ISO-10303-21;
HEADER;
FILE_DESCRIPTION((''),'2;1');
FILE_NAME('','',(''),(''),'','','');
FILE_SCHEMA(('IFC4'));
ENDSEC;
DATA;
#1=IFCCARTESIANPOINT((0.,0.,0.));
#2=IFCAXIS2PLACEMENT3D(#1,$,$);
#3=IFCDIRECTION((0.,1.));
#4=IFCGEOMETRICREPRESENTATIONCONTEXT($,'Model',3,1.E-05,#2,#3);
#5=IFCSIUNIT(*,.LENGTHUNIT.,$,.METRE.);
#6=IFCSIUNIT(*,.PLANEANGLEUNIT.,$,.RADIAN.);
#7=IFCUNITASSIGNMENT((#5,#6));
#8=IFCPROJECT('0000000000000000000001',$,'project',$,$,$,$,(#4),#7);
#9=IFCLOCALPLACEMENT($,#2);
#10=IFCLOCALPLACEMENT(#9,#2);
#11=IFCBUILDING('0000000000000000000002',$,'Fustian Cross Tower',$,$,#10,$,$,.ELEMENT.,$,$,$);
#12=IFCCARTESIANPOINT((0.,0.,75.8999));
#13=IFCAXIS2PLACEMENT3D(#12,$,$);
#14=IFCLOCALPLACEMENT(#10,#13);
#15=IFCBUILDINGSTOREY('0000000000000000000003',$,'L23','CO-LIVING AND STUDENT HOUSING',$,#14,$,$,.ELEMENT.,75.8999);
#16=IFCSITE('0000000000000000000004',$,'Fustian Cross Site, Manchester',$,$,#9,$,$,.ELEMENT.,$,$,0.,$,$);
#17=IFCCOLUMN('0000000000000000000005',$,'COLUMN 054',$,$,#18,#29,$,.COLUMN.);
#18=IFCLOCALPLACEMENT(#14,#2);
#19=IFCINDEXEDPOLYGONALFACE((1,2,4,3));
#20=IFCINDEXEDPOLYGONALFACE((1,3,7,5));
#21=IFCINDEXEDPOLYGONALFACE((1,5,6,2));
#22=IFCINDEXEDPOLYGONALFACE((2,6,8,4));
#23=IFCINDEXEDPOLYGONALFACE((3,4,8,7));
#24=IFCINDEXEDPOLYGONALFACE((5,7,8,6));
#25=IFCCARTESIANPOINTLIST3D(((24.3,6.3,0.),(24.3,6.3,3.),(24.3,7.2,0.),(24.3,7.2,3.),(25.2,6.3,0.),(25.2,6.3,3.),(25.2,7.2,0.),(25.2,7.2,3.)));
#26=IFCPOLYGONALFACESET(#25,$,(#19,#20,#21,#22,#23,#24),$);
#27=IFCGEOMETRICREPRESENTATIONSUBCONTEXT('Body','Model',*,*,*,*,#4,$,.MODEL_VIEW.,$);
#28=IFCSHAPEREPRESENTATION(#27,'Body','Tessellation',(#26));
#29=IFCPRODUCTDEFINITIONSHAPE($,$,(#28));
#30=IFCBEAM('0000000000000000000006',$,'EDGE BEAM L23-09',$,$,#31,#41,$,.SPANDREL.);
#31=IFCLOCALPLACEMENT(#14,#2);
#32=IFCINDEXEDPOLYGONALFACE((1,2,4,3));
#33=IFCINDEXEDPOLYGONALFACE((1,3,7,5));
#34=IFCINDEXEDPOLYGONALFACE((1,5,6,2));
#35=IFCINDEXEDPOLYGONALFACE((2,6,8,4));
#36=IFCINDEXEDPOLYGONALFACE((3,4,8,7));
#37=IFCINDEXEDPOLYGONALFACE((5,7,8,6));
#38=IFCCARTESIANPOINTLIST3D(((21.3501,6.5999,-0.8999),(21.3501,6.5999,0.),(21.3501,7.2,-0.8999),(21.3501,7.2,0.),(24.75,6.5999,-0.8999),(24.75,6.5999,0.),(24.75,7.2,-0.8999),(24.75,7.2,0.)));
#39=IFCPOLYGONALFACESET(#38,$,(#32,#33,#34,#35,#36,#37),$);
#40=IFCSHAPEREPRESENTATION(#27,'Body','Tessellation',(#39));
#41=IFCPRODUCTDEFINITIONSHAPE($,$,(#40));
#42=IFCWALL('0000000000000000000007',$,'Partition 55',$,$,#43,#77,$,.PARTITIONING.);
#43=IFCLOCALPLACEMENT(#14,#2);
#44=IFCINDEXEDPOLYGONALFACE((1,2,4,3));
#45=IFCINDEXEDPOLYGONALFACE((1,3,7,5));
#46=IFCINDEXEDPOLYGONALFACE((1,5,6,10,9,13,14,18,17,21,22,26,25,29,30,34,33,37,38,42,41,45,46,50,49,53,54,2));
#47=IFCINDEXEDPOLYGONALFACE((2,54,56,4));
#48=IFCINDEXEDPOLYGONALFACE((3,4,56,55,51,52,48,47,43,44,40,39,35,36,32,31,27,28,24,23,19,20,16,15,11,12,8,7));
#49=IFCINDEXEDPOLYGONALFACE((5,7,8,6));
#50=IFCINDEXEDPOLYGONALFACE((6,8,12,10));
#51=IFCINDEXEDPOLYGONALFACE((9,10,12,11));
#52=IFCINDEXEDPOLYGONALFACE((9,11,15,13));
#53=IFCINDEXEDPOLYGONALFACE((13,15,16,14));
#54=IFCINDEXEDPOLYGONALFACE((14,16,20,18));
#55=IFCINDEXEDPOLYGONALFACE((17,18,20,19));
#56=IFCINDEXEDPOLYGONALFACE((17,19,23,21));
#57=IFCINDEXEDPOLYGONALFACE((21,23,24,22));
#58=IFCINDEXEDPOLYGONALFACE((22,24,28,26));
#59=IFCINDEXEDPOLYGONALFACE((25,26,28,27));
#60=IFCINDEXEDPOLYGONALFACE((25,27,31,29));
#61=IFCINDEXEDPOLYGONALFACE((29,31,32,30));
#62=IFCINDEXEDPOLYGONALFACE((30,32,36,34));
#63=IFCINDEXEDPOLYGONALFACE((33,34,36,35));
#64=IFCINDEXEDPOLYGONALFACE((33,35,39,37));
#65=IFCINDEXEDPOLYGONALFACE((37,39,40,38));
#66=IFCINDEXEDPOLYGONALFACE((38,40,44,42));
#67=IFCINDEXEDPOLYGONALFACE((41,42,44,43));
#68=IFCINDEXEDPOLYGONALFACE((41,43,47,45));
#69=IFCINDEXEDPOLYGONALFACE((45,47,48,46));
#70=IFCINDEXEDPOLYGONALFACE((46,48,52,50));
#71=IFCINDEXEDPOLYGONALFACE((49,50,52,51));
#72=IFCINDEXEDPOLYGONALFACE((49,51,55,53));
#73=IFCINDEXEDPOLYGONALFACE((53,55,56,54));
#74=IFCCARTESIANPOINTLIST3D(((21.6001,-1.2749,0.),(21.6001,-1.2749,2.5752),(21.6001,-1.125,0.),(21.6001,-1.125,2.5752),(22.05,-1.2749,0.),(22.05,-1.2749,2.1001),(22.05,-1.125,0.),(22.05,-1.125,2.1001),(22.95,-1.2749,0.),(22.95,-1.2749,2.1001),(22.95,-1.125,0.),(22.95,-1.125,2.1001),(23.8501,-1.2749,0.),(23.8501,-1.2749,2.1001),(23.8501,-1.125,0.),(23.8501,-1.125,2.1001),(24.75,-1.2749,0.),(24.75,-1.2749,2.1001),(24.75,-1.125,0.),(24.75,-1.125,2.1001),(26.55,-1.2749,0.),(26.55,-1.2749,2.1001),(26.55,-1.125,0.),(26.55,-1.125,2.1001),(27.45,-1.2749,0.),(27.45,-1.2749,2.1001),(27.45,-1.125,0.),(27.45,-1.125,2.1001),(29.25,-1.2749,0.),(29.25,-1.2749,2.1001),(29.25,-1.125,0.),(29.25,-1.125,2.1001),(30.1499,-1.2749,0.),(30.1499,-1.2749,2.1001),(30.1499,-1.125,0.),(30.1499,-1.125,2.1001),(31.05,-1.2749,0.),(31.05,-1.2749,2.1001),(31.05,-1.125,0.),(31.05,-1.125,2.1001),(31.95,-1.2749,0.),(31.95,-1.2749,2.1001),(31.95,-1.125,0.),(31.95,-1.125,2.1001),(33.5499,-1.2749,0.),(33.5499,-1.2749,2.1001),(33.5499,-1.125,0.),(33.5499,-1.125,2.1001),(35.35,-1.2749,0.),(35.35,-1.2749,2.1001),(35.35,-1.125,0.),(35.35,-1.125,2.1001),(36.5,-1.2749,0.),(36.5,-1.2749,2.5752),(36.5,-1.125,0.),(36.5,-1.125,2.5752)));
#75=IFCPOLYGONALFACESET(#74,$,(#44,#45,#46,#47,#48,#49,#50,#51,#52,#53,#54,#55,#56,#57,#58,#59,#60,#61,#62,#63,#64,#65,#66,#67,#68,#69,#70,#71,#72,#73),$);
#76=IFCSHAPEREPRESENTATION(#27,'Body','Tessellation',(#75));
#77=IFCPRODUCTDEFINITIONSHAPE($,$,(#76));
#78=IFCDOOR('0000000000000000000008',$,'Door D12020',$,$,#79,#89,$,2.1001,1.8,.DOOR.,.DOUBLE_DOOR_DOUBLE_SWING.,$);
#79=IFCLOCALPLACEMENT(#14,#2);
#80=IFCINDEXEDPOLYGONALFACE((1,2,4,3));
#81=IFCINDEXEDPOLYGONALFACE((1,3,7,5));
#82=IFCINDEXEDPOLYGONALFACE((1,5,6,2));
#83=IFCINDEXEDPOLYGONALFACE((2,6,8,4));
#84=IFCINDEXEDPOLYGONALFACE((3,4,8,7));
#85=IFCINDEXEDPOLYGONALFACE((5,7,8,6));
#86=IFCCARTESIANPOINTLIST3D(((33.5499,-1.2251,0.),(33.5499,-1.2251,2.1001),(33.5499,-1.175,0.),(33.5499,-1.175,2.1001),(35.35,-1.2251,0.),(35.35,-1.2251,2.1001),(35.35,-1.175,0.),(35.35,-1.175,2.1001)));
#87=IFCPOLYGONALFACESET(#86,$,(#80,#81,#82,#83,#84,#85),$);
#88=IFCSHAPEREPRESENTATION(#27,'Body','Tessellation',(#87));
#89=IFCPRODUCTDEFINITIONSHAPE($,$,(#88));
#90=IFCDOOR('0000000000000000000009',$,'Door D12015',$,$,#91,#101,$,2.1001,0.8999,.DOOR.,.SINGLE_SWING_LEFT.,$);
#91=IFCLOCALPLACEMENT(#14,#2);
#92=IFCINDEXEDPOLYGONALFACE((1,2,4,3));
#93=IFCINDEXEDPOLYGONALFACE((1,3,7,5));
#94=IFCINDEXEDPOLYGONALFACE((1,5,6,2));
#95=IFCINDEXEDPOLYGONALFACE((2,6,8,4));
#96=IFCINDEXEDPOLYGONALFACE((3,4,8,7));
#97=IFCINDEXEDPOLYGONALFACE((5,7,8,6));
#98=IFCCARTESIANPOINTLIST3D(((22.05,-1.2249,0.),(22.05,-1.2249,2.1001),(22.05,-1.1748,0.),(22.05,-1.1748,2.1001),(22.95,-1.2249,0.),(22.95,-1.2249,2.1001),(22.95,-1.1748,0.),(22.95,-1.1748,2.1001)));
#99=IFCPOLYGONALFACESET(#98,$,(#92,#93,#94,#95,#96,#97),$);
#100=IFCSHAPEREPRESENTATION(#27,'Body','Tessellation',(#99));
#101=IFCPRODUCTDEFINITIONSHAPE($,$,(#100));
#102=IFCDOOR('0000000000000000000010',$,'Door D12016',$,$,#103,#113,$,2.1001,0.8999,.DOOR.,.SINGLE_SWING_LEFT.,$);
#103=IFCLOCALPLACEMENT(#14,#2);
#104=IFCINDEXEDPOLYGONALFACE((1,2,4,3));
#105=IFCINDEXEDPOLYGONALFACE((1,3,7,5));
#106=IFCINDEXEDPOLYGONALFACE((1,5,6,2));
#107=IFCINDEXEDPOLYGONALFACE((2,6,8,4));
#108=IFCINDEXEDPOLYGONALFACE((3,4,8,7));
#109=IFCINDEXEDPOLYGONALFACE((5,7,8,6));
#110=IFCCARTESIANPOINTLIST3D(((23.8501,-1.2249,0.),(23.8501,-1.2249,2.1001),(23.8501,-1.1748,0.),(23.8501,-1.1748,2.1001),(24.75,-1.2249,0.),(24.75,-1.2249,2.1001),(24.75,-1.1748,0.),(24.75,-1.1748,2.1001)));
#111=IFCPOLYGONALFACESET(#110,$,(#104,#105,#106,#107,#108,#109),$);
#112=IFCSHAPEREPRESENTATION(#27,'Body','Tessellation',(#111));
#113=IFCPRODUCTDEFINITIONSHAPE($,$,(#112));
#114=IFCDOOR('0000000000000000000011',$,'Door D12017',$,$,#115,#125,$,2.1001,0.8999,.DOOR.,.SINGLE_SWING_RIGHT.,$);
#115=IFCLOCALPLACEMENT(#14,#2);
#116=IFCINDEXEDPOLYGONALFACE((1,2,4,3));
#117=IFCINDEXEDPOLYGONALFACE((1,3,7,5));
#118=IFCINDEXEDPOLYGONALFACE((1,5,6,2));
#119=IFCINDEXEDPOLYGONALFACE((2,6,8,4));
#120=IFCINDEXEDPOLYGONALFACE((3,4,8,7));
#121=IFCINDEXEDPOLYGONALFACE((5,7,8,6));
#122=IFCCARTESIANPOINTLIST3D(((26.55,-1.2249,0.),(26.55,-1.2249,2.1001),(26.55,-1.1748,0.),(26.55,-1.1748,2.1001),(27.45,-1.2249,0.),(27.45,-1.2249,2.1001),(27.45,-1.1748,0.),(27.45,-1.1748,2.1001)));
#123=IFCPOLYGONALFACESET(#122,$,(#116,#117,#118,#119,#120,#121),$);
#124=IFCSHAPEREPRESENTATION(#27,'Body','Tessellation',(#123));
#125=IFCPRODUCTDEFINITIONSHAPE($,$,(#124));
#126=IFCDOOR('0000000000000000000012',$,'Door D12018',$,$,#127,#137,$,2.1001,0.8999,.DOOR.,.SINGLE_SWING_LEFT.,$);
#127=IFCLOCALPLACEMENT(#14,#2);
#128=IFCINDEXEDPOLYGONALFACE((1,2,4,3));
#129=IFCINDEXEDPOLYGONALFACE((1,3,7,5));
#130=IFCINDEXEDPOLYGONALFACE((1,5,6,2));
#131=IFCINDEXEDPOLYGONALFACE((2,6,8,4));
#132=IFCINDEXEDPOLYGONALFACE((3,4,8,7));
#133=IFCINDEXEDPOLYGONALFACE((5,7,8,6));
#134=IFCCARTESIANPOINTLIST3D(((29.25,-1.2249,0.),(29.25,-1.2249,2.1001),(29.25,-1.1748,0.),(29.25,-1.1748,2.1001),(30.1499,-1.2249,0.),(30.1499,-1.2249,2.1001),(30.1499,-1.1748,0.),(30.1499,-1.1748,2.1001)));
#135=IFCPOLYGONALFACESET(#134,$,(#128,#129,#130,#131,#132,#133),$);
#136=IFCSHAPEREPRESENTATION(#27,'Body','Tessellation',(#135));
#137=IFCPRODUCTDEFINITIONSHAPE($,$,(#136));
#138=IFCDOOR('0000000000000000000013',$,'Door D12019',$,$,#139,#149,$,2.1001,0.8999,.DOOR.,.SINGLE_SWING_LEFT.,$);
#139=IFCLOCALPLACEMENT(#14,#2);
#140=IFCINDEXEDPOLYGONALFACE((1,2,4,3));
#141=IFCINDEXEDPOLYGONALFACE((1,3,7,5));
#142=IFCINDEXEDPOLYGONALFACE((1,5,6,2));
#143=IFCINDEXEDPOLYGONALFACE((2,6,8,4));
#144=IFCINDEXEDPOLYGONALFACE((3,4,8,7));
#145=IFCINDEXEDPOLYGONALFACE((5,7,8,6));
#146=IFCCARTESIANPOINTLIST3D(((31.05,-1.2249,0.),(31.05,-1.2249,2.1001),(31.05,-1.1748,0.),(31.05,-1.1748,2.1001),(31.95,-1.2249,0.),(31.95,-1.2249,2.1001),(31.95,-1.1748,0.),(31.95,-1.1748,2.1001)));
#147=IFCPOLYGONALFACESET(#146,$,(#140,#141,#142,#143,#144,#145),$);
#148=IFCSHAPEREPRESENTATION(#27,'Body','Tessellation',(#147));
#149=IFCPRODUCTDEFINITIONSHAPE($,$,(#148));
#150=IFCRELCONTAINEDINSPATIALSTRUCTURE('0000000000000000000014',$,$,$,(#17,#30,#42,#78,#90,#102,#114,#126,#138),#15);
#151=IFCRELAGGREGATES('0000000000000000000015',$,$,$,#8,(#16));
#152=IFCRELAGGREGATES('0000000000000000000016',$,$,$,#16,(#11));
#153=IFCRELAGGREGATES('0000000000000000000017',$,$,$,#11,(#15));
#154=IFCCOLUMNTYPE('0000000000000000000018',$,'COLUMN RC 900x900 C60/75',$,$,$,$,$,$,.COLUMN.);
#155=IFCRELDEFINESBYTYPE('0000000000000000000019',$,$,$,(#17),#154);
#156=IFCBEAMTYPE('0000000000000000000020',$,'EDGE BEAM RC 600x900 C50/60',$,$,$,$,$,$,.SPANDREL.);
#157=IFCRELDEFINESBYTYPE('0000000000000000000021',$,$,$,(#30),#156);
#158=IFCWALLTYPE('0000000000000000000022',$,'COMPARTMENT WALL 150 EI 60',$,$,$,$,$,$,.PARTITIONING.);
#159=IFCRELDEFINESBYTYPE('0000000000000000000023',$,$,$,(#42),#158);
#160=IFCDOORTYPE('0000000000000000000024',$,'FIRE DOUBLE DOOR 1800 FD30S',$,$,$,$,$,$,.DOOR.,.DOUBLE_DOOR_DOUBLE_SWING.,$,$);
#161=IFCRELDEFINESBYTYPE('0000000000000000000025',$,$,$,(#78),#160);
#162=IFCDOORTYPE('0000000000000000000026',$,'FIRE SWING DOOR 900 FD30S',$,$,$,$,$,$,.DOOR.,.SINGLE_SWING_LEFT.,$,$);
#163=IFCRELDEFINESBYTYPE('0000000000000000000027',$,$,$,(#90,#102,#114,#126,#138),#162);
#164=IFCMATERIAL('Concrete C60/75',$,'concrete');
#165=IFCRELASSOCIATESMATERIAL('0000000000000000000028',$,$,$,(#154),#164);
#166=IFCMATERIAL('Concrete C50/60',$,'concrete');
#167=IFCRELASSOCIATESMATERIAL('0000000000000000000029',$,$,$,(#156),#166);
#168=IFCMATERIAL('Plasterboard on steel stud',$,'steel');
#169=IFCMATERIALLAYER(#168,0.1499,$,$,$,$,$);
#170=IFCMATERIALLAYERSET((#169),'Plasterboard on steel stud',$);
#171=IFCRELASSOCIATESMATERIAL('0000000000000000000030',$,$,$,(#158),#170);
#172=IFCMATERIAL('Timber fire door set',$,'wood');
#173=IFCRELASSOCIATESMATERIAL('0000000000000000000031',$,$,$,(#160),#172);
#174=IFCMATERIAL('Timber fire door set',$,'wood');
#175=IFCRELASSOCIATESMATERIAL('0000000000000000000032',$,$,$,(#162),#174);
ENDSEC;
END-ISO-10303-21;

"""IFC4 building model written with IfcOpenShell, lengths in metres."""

from ifc_helpers import new_model, si_unit, direction, frame, frame_2d, origin, origin_2d, place, context, subcontext, project, spatial, rectangle, extrude, material, layer, layer_set, material_profile, profile_set, type_object, element, fill, save


model = new_model("IFC4")

# Units and contexts
model_context = context("Model", 3, precision=1e-05, world=origin(), true_north=direction((0.0, 1.0)))
body_context = subcontext(model_context, "Body", "Model", "MODEL_VIEW")
ifc_project = project(units=[si_unit("LENGTHUNIT", "METRE"), si_unit("PLANEANGLEUNIT", "RADIAN")], contexts=[model_context])

# Site, building, storey
site_placement = place(None, origin())
site = spatial("IfcSite", under=ifc_project, at=site_placement, Name="Fustian Cross Site, Manchester", CompositionType="ELEMENT", RefElevation=0.0)
building_placement = place(site_placement, origin())
building = spatial("IfcBuilding", under=site, at=building_placement, Name="Fustian Cross Tower", CompositionType="ELEMENT")
storey_placement = place(building_placement, frame((0.0, 0.0, 75.8999)))
storey = spatial("IfcBuildingStorey", under=building, at=storey_placement, Name="L23", Description="CO-LIVING AND STUDENT HOUSING", CompositionType="ELEMENT", Elevation=75.8999)

# Column
ifc_material_1 = material(Name="Concrete C60/75", Category="concrete")
ifc_material_profile_1 = material_profile(ifc_material_1, rectangle(XDim=0.8999, YDim=0.8999, at=origin_2d()), Name="RC 900x900")
ifc_profile_set_1 = profile_set([ifc_material_profile_1], Name="Concrete C60/75")
column_type = type_object("IfcColumnType", Name="COLUMN RC 900x900 C60/75", PredefinedType="COLUMN", material=ifc_profile_set_1)
column_placement = place(storey_placement, frame((24.75, 6.75, 0.0), z_axis=(0.0, 0.0, 1.0), x_axis=(1.0, 0.0, 0.0)))
element("IfcColumn", 1, at=column_placement, inside=storey, type_object=column_type, Name="COLUMN 054", PredefinedType="COLUMN", context=body_context, shape_type="SweptSolid", body=[
    extrude(rectangle(XDim=0.8999, YDim=0.8999, at=origin_2d()), origin(), (0.0, 0.0, 1.0), 3.0),
])

# Beam
ifc_material_2 = material(Name="Concrete C50/60", Category="concrete")
ifc_material_profile_2 = material_profile(ifc_material_2, rectangle(XDim=0.6001, YDim=0.8999, at=origin_2d()), Name="RC 600x900")
ifc_profile_set_2 = profile_set([ifc_material_profile_2], Name="Concrete C50/60")
beam_type = type_object("IfcBeamType", Name="EDGE BEAM RC 600x900 C50/60", PredefinedType="SPANDREL", material=ifc_profile_set_2)
beam_placement = place(storey_placement, frame((24.75, 6.8999, -0.45), z_axis=(-1.0, 0.0, 0.0), x_axis=(0.0, -1.0, 0.0)))
element("IfcBeam", 2, at=beam_placement, inside=storey, type_object=beam_type, Name="EDGE BEAM L23-09", PredefinedType="SPANDREL", context=body_context, shape_type="SweptSolid", body=[
    extrude(rectangle(XDim=0.6001, YDim=0.8999, at=origin_2d()), origin(), (0.0, 0.0, 1.0), 3.3999),
])

# Wall, openings, doors
ifc_material_3 = material(Name="Plasterboard on steel stud", Category="steel")
ifc_layer_1 = layer(ifc_material_3, 0.1499)
ifc_layer_set_1 = layer_set([ifc_layer_1], Name="Plasterboard on steel stud")
wall_type_1 = type_object("IfcWallType", Name="COMPARTMENT WALL 150 EI 60", PredefinedType="PARTITIONING", material=ifc_layer_set_1)
wall_1_placement = place(storey_placement, frame((21.6001, -1.2, 0.0), z_axis=(0.0, 0.0, 1.0), x_axis=(1.0, 0.0, 0.0)))
wall_1 = element("IfcWall", 3, at=wall_1_placement, inside=storey, type_object=wall_type_1, Name="Partition 55", PredefinedType="PARTITIONING", context=body_context, shape_type="SweptSolid", body=[
    extrude(rectangle(XDim=14.8999, YDim=0.1499, at=frame_2d((7.45, 0.0))), origin(), (0.0, 0.0, 1.0), 2.5752),
])
opening_1_placement = place(wall_1_placement, frame((0.45, 0.0, 0.0)))
opening_1 = element("IfcOpeningElement", 4, at=opening_1_placement, cuts=wall_1, PredefinedType="OPENING", context=body_context, shape_type="SweptSolid", body=[
    extrude(rectangle(XDim=0.8999, YDim=2.1001, at=frame_2d((0.45, 1.05))), frame((0.0, 0.085, 0.0), z_axis=(0.0, -1.0, 0.0), x_axis=(1.0, 0.0, 0.0)), (0.0, 0.0, 1.0), 0.1699),
])
opening_2_placement = place(wall_1_placement, frame((2.25, 0.0, 0.0)))
opening_2 = element("IfcOpeningElement", 5, at=opening_2_placement, cuts=wall_1, PredefinedType="OPENING", context=body_context, shape_type="SweptSolid", body=[
    extrude(rectangle(XDim=0.8999, YDim=2.1001, at=frame_2d((0.45, 1.05))), frame((0.0, 0.085, 0.0), z_axis=(0.0, -1.0, 0.0), x_axis=(1.0, 0.0, 0.0)), (0.0, 0.0, 1.0), 0.1699),
])
opening_3_placement = place(wall_1_placement, frame((4.95, 0.0, 0.0)))
opening_3 = element("IfcOpeningElement", 6, at=opening_3_placement, cuts=wall_1, PredefinedType="OPENING", context=body_context, shape_type="SweptSolid", body=[
    extrude(rectangle(XDim=0.8999, YDim=2.1001, at=frame_2d((0.45, 1.05))), frame((0.0, 0.085, 0.0), z_axis=(0.0, -1.0, 0.0), x_axis=(1.0, 0.0, 0.0)), (0.0, 0.0, 1.0), 0.1699),
])
opening_4_placement = place(wall_1_placement, frame((7.6499, 0.0, 0.0)))
opening_4 = element("IfcOpeningElement", 7, at=opening_4_placement, cuts=wall_1, PredefinedType="OPENING", context=body_context, shape_type="SweptSolid", body=[
    extrude(rectangle(XDim=0.8999, YDim=2.1001, at=frame_2d((0.45, 1.05))), frame((0.0, 0.085, 0.0), z_axis=(0.0, -1.0, 0.0), x_axis=(1.0, 0.0, 0.0)), (0.0, 0.0, 1.0), 0.1699),
])
opening_5_placement = place(wall_1_placement, frame((9.45, 0.0, 0.0)))
opening_5 = element("IfcOpeningElement", 8, at=opening_5_placement, cuts=wall_1, PredefinedType="OPENING", context=body_context, shape_type="SweptSolid", body=[
    extrude(rectangle(XDim=0.8999, YDim=2.1001, at=frame_2d((0.45, 1.05))), frame((0.0, 0.085, 0.0), z_axis=(0.0, -1.0, 0.0), x_axis=(1.0, 0.0, 0.0)), (0.0, 0.0, 1.0), 0.1699),
])
opening_6_placement = place(wall_1_placement, frame((11.95, 0.0, 0.0)))
opening_6 = element("IfcOpeningElement", 9, at=opening_6_placement, cuts=wall_1, PredefinedType="OPENING", context=body_context, shape_type="SweptSolid", body=[
    extrude(rectangle(XDim=1.8, YDim=2.1001, at=frame_2d((0.8999, 1.05))), frame((0.0, 0.085, 0.0), z_axis=(0.0, -1.0, 0.0), x_axis=(1.0, 0.0, 0.0)), (0.0, 0.0, 1.0), 0.1699),
])
ifc_material_4 = material(Name="Timber fire door set", Category="wood")
door_type_1 = type_object("IfcDoorType", Name="FIRE DOUBLE DOOR 1800 FD30S", OperationType="DOUBLE_DOOR_DOUBLE_SWING", PredefinedType="DOOR", material=ifc_material_4)
door_1_placement = place(opening_6_placement, origin())
door_1 = element("IfcDoor", 10, at=door_1_placement, inside=storey, type_object=door_type_1, Name="Door D12020", OperationType="DOUBLE_DOOR_DOUBLE_SWING", OverallHeight=2.1001, OverallWidth=1.8, PredefinedType="DOOR", context=body_context, shape_type="SweptSolid", body=[
    extrude(rectangle(XDim=1.8, YDim=2.1001, at=frame_2d((0.8999, 1.05))), frame((0.0, 0.0249, 0.0), z_axis=(0.0, -1.0, 0.0), x_axis=(1.0, 0.0, 0.0)), (0.0, 0.0, 1.0), 0.05),
])
fill(opening_6, door_1)
ifc_material_5 = material(Name="Timber fire door set", Category="wood")
door_type_2 = type_object("IfcDoorType", Name="FIRE SWING DOOR 900 FD30S", OperationType="SINGLE_SWING_LEFT", PredefinedType="DOOR", material=ifc_material_5)
door_2_placement = place(opening_1_placement, frame((0.8999, 0.0, 0.0), z_axis=(0.0, 0.0, 1.0), x_axis=(-1.0, 0.0, 0.0)))
door_2 = element("IfcDoor", 11, at=door_2_placement, inside=storey, type_object=door_type_2, Name="Door D12015", OperationType="SINGLE_SWING_LEFT", OverallHeight=2.1001, OverallWidth=0.8999, PredefinedType="DOOR", context=body_context, shape_type="SweptSolid", body=[
    extrude(rectangle(XDim=0.8999, YDim=2.1001, at=frame_2d((0.45, 1.05))), frame((0.0, 0.0249, 0.0), z_axis=(0.0, -1.0, 0.0), x_axis=(1.0, 0.0, 0.0)), (0.0, 0.0, 1.0), 0.05),
])
fill(opening_1, door_2)
door_3_placement = place(opening_2_placement, frame((0.8999, 0.0, 0.0), z_axis=(0.0, 0.0, 1.0), x_axis=(-1.0, 0.0, 0.0)))
door_3 = element("IfcDoor", 12, at=door_3_placement, inside=storey, type_object=door_type_2, Name="Door D12016", OperationType="SINGLE_SWING_LEFT", OverallHeight=2.1001, OverallWidth=0.8999, PredefinedType="DOOR", context=body_context, shape_type="SweptSolid", body=[
    extrude(rectangle(XDim=0.8999, YDim=2.1001, at=frame_2d((0.45, 1.05))), frame((0.0, 0.0249, 0.0), z_axis=(0.0, -1.0, 0.0), x_axis=(1.0, 0.0, 0.0)), (0.0, 0.0, 1.0), 0.05),
])
fill(opening_2, door_3)
door_4_placement = place(opening_3_placement, frame((0.8999, 0.0, 0.0), z_axis=(0.0, 0.0, 1.0), x_axis=(-1.0, 0.0, 0.0)))
door_4 = element("IfcDoor", 13, at=door_4_placement, inside=storey, type_object=door_type_2, Name="Door D12017", OperationType="SINGLE_SWING_RIGHT", OverallHeight=2.1001, OverallWidth=0.8999, PredefinedType="DOOR", context=body_context, shape_type="SweptSolid", body=[
    extrude(rectangle(XDim=0.8999, YDim=2.1001, at=frame_2d((0.45, 1.05))), frame((0.0, 0.0249, 0.0), z_axis=(0.0, -1.0, 0.0), x_axis=(1.0, 0.0, 0.0)), (0.0, 0.0, 1.0), 0.05),
])
fill(opening_3, door_4)
door_5_placement = place(opening_4_placement, frame((0.8999, 0.0, 0.0), z_axis=(0.0, 0.0, 1.0), x_axis=(-1.0, 0.0, 0.0)))
door_5 = element("IfcDoor", 14, at=door_5_placement, inside=storey, type_object=door_type_2, Name="Door D12018", OperationType="SINGLE_SWING_LEFT", OverallHeight=2.1001, OverallWidth=0.8999, PredefinedType="DOOR", context=body_context, shape_type="SweptSolid", body=[
    extrude(rectangle(XDim=0.8999, YDim=2.1001, at=frame_2d((0.45, 1.05))), frame((0.0, 0.0249, 0.0), z_axis=(0.0, -1.0, 0.0), x_axis=(1.0, 0.0, 0.0)), (0.0, 0.0, 1.0), 0.05),
])
fill(opening_4, door_5)
door_6_placement = place(opening_5_placement, frame((0.8999, 0.0, 0.0), z_axis=(0.0, 0.0, 1.0), x_axis=(-1.0, 0.0, 0.0)))
door_6 = element("IfcDoor", 15, at=door_6_placement, inside=storey, type_object=door_type_2, Name="Door D12019", OperationType="SINGLE_SWING_LEFT", OverallHeight=2.1001, OverallWidth=0.8999, PredefinedType="DOOR", context=body_context, shape_type="SweptSolid", body=[
    extrude(rectangle(XDim=0.8999, YDim=2.1001, at=frame_2d((0.45, 1.05))), frame((0.0, 0.0249, 0.0), z_axis=(0.0, -1.0, 0.0), x_axis=(1.0, 0.0, 0.0)), (0.0, 0.0, 1.0), 0.05),
])
fill(opening_5, door_6)

save(model, "model.ifc")
